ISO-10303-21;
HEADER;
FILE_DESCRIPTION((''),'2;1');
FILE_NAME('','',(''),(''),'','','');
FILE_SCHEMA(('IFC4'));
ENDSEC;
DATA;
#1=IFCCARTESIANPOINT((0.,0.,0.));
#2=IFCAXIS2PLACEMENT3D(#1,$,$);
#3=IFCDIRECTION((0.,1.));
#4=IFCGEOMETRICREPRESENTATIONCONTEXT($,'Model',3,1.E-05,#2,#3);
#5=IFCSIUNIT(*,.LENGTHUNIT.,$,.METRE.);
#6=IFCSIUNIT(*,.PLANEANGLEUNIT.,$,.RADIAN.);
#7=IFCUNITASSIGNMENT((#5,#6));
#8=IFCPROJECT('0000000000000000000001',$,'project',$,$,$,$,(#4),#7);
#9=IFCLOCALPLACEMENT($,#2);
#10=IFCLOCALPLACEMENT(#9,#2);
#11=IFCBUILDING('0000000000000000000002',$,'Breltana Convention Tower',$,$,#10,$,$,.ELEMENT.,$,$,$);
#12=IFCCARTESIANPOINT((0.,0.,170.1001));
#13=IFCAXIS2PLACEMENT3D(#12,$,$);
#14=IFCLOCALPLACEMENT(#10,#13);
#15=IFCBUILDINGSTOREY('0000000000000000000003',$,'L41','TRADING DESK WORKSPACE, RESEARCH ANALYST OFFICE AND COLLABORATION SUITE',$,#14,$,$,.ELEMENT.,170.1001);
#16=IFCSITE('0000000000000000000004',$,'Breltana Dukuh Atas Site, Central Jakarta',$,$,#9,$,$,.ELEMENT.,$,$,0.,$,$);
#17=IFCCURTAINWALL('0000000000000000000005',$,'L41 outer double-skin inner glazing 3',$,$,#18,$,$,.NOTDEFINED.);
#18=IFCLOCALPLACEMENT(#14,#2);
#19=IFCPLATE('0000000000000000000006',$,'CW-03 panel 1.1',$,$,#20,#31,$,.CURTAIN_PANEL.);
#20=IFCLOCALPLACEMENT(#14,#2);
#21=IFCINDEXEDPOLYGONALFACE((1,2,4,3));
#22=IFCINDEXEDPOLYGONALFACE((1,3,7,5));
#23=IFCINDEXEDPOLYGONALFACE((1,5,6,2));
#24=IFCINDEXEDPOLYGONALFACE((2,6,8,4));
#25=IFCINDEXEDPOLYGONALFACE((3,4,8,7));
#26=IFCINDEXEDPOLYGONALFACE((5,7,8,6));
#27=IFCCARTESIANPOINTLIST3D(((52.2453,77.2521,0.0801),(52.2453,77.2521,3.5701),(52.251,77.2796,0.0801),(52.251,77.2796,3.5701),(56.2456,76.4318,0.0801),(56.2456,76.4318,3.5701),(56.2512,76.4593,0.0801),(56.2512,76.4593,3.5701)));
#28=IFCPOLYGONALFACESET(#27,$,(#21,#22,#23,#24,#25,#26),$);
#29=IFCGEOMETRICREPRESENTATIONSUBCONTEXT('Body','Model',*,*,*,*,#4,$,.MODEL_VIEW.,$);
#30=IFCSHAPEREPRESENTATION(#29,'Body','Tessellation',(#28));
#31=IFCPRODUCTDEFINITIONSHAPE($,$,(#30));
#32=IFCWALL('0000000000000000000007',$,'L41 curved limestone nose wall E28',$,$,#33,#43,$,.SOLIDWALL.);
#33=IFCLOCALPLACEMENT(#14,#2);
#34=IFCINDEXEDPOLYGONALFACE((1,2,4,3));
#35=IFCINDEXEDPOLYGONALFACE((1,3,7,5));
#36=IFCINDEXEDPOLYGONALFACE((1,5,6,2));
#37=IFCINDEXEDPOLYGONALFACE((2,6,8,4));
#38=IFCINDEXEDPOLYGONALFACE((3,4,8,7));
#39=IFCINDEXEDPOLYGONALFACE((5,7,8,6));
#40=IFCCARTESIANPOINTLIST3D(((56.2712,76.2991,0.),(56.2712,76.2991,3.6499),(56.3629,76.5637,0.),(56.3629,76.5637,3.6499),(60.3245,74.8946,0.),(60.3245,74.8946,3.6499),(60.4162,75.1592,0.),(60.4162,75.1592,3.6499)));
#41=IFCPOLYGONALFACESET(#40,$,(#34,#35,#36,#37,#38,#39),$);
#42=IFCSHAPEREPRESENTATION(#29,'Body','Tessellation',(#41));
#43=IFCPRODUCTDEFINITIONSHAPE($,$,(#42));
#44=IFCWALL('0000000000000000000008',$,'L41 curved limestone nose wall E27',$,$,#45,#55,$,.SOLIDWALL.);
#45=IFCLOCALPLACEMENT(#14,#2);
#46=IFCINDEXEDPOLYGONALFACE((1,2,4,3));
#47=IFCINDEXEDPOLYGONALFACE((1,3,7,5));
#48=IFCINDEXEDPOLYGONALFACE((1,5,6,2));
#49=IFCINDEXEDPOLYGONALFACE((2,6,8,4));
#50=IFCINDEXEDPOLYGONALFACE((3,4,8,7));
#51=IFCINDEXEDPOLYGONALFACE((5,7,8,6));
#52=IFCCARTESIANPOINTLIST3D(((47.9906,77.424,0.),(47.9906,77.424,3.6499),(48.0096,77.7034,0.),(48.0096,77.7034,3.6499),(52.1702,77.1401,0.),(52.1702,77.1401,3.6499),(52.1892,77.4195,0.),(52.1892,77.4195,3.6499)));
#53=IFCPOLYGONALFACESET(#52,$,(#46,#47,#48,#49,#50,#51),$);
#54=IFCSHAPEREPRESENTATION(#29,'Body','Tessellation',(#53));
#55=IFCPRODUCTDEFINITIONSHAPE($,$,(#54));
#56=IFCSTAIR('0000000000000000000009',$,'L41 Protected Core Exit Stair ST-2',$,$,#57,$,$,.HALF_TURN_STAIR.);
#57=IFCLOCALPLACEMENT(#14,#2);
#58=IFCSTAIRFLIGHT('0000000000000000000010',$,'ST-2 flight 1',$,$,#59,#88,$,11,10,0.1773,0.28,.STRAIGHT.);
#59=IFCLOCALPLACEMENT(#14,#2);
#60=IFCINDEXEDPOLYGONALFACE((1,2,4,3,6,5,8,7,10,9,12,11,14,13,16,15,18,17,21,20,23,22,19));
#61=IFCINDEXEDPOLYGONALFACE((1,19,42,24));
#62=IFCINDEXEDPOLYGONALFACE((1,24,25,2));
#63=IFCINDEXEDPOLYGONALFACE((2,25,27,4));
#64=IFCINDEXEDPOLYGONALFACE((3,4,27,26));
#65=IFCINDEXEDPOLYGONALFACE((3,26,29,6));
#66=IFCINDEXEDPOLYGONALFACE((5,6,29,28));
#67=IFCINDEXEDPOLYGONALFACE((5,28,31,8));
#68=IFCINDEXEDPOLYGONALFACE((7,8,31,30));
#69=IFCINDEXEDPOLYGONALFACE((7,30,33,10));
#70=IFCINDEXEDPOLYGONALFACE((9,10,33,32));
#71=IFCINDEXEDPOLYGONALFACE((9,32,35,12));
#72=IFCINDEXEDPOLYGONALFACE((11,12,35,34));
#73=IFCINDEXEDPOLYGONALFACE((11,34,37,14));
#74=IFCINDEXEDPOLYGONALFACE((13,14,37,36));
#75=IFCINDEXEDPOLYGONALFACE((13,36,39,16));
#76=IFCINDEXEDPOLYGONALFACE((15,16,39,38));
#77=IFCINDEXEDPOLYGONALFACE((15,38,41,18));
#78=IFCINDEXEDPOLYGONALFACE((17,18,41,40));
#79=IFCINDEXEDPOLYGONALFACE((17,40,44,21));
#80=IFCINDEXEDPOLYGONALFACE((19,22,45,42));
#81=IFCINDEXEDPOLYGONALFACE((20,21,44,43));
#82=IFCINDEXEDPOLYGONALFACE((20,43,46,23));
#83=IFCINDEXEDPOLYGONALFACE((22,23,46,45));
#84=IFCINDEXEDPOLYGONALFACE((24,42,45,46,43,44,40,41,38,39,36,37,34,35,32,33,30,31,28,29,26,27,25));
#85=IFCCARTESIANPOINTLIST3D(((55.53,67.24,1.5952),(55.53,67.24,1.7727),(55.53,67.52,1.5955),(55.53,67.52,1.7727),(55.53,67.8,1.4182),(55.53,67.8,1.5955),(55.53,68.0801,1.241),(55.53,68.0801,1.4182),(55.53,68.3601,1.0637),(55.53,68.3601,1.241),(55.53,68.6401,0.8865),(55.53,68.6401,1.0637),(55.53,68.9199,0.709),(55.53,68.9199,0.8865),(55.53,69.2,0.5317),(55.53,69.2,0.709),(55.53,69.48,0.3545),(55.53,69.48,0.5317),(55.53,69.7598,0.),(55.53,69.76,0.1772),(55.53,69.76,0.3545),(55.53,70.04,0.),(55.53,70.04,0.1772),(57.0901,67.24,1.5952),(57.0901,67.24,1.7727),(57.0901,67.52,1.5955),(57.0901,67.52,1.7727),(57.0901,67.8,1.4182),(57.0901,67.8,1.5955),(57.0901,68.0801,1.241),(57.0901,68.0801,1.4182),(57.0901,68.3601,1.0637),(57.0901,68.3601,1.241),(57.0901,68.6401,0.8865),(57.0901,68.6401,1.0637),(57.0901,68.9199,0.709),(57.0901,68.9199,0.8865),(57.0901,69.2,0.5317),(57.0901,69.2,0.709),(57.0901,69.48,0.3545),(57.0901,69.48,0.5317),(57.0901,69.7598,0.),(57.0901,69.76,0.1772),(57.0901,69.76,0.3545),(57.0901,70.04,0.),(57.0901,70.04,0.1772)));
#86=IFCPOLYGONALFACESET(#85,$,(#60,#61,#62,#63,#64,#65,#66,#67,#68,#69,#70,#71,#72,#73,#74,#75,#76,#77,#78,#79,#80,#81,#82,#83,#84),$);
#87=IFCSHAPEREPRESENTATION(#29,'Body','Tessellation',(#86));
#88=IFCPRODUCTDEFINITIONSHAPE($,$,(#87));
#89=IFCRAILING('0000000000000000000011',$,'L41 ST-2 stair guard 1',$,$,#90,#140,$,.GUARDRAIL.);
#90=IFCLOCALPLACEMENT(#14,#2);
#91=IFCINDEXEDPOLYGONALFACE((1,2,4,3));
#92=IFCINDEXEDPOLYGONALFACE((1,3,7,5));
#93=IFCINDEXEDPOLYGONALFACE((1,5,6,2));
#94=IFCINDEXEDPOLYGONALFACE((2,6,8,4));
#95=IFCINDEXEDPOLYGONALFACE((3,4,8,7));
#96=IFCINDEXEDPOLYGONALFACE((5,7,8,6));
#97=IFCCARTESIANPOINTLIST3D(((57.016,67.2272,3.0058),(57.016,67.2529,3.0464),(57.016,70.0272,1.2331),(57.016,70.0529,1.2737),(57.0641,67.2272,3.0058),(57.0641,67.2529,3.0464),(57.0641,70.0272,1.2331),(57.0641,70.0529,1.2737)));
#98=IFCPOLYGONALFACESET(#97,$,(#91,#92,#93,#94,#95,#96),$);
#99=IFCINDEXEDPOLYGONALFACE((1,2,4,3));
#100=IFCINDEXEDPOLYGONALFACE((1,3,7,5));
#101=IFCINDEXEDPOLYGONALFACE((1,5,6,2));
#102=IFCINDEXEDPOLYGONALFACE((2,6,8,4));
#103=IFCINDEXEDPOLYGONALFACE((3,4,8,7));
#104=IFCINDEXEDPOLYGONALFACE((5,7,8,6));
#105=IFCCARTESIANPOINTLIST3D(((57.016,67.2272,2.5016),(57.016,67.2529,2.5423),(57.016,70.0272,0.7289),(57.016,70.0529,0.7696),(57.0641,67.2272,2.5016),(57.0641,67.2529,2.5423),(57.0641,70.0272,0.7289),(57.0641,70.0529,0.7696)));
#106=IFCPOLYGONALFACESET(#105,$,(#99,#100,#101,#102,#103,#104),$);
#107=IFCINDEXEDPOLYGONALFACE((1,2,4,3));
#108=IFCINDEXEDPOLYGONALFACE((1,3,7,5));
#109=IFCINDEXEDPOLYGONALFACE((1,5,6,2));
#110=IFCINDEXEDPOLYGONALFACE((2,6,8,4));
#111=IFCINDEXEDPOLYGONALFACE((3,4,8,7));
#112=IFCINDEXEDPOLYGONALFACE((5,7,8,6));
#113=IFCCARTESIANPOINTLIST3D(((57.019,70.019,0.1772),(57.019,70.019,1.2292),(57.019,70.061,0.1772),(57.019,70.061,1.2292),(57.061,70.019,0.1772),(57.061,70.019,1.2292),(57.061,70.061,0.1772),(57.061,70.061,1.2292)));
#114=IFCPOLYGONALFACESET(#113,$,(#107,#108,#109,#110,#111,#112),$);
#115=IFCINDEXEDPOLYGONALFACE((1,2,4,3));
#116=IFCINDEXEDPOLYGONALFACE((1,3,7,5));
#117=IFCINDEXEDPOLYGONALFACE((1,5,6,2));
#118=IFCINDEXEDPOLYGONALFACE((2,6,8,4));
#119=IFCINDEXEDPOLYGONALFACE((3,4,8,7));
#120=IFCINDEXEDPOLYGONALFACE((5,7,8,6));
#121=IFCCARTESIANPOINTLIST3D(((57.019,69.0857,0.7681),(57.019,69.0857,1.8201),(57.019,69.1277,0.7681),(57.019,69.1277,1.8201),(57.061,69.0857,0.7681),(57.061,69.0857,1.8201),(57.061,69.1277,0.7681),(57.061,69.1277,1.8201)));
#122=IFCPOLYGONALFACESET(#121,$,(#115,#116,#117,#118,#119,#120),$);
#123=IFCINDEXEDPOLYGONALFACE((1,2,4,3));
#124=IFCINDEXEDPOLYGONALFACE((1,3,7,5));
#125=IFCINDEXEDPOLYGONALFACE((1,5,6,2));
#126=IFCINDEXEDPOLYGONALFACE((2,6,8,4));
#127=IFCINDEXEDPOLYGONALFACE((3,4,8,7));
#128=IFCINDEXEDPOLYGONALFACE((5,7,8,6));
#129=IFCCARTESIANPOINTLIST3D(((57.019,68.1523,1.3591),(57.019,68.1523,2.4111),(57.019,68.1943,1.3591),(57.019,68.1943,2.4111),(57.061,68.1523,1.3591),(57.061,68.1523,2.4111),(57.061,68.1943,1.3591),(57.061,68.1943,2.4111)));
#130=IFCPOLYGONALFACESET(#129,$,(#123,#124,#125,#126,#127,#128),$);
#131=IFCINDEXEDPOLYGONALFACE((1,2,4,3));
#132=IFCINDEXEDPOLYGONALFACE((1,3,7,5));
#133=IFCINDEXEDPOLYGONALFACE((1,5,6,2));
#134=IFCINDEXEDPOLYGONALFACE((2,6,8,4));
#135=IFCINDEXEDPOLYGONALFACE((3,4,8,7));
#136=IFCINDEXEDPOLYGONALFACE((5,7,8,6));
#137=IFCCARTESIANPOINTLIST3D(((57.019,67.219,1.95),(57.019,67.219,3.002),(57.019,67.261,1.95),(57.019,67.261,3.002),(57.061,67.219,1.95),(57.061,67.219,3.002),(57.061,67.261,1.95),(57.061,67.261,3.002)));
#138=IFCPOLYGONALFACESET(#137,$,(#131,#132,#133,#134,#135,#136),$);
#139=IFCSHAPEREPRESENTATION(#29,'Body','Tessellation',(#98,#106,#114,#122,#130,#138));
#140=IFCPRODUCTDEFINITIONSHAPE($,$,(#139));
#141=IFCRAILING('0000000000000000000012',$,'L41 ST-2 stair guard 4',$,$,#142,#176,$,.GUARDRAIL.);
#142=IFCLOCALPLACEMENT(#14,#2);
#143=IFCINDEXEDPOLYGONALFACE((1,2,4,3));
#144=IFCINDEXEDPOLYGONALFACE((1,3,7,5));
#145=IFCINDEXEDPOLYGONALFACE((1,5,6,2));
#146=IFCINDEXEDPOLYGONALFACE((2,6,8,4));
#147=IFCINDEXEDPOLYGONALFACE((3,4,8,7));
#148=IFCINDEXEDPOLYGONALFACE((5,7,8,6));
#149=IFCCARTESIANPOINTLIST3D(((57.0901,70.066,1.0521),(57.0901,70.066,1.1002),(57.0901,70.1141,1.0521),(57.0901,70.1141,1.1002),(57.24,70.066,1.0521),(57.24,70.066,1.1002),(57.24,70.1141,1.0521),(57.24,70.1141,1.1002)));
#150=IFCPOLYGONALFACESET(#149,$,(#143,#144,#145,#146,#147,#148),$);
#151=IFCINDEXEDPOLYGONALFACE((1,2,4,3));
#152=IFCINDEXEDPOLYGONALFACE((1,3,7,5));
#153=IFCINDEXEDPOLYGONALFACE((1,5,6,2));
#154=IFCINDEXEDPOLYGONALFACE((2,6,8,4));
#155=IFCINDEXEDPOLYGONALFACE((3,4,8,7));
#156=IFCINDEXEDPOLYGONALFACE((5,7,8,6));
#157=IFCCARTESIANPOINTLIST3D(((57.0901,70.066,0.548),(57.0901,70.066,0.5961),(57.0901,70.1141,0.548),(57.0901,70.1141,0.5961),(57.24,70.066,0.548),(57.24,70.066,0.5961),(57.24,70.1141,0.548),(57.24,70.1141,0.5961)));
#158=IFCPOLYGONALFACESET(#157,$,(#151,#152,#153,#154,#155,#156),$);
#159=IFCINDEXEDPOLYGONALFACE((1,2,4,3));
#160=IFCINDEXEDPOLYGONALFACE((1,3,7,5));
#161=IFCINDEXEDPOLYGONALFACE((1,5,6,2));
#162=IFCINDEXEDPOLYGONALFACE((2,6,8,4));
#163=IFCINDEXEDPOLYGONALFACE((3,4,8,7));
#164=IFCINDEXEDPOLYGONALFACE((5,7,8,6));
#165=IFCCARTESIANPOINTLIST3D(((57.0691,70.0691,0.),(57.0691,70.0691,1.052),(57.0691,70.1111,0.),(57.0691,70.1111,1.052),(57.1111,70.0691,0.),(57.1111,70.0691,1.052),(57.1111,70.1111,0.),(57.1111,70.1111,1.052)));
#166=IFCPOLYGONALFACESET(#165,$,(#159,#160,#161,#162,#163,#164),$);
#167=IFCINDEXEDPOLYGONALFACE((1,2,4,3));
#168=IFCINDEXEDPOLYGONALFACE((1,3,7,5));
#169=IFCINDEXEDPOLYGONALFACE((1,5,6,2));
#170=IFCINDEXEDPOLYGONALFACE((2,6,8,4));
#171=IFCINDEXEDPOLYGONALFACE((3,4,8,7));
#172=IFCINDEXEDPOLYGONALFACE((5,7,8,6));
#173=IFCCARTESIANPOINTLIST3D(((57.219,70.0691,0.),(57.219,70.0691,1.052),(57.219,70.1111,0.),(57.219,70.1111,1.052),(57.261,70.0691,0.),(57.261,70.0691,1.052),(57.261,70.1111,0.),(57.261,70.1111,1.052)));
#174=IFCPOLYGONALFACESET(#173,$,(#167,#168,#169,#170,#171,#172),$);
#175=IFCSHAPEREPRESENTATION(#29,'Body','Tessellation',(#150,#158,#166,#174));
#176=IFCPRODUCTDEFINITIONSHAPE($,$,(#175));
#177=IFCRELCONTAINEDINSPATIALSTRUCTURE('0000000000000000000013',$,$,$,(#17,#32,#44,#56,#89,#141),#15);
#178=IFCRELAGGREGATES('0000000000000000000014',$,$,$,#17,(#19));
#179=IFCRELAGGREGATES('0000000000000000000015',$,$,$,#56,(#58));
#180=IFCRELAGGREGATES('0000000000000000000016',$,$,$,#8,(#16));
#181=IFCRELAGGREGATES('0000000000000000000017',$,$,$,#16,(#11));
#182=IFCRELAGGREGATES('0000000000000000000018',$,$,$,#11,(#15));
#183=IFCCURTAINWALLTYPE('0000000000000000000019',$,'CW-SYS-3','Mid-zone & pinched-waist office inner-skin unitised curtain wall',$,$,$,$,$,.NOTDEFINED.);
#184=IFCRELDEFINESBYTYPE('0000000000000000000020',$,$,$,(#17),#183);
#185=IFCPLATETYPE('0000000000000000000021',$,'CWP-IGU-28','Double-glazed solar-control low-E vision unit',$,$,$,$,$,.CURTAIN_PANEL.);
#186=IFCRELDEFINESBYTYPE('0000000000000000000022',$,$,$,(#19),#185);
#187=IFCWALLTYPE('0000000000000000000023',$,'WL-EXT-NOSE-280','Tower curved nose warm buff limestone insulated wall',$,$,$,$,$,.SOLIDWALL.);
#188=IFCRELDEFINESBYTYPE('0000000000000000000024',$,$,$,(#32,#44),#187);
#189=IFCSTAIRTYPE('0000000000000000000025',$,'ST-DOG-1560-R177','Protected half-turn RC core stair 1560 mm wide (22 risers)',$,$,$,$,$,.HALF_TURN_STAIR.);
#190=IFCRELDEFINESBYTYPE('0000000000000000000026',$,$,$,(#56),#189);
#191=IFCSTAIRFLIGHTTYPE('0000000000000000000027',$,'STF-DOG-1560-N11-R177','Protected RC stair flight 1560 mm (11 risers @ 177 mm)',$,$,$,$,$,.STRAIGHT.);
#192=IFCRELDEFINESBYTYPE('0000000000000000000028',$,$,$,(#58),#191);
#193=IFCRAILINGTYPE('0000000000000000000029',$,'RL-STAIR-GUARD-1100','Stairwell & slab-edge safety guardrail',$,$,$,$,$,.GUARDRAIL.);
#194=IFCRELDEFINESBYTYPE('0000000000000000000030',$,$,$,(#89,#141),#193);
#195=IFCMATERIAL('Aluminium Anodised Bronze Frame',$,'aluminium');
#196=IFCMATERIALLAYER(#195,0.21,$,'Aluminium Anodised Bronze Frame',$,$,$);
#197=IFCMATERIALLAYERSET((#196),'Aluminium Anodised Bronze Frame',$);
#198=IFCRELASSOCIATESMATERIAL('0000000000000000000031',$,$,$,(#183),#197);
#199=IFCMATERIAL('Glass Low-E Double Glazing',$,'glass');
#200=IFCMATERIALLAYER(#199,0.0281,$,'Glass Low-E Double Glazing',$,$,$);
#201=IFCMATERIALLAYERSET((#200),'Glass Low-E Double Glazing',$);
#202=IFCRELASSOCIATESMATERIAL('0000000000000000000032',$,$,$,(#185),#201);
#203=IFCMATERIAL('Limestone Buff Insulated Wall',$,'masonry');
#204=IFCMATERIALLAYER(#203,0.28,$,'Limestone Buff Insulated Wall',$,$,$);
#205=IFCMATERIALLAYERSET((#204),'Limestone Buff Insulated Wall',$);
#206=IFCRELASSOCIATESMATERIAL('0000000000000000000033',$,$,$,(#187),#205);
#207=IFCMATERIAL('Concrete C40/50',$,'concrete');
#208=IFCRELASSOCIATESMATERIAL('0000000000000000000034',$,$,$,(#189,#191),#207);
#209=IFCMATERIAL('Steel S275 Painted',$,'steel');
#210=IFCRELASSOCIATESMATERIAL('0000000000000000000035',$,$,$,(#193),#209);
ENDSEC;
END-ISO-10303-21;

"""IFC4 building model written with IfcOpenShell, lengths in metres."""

from ifc_helpers import new_model, si_unit, direction, frame, frame_2d, origin, origin_2d, place, context, subcontext, project, spatial, polyline, rectangle, outline, extrude, source, transform, mapped, material, layer, layer_set, type_object, element, aggregate, save


model = new_model("IFC4")

# Units and contexts
model_context = context("Model", 3, precision=1e-05, world=origin(), true_north=direction((0.0, 1.0)))
body_context = subcontext(model_context, "Body", "Model", "MODEL_VIEW")
ifc_project = project(units=[si_unit("LENGTHUNIT", "METRE"), si_unit("PLANEANGLEUNIT", "RADIAN")], contexts=[model_context])

# Site, building, storey
site_placement = place(None, origin())
site = spatial("IfcSite", under=ifc_project, at=site_placement, Name="Breltana Dukuh Atas Site, Central Jakarta", CompositionType="ELEMENT", RefElevation=0.0)
building_placement = place(site_placement, origin())
building = spatial("IfcBuilding", under=site, at=building_placement, Name="Breltana Convention Tower", CompositionType="ELEMENT")
storey_placement = place(building_placement, frame((0.0, 0.0, 170.1001)))
storey = spatial("IfcBuildingStorey", under=building, at=storey_placement, Name="L41", Description="TRADING DESK WORKSPACE, RESEARCH ANALYST OFFICE AND COLLABORATION SUITE", CompositionType="ELEMENT", Elevation=170.1001)

# Curtain wall, plate
ifc_material_1 = material(Name="Aluminium Anodised Bronze Frame", Category="aluminium")
ifc_layer_1 = layer(ifc_material_1, 0.21, Name="Aluminium Anodised Bronze Frame")
ifc_layer_set_1 = layer_set([ifc_layer_1], Name="Aluminium Anodised Bronze Frame")
curtain_wall_type = type_object("IfcCurtainWallType", Name="CW-SYS-3", Description="Mid-zone & pinched-waist office inner-skin unitised curtain wall", PredefinedType="NOTDEFINED", material=ifc_layer_set_1)
curtain_wall_placement = place(storey_placement, origin())
curtain_wall = element("IfcCurtainWall", 1, at=curtain_wall_placement, inside=storey, type_object=curtain_wall_type, Name="L41 outer double-skin inner glazing 3", PredefinedType="NOTDEFINED")
ifc_material_2 = material(Name="Glass Low-E Double Glazing", Category="glass")
ifc_layer_2 = layer(ifc_material_2, 0.0281, Name="Glass Low-E Double Glazing")
ifc_layer_set_2 = layer_set([ifc_layer_2], Name="Glass Low-E Double Glazing")
plate_type = type_object("IfcPlateType", Name="CWP-IGU-28", Description="Double-glazed solar-control low-E vision unit", PredefinedType="CURTAIN_PANEL", material=ifc_layer_set_2)
shared_shape_1 = source(origin(), body_context, "Body", "SweptSolid", [
    extrude(rectangle(XDim=4.0835, YDim=0.0281, at=origin_2d()), origin(), (0.0, 0.0, 1.0), 3.49),
])
plate_placement = place(storey_placement, frame((54.2483, 76.8557, 0.0801), z_axis=(0.0, 0.0, 1.0), x_axis=(0.979617, -0.200877, 0.0)))
plate = element("IfcPlate", 2, at=plate_placement, type_object=plate_type, Name="CW-03 panel 1.1", PredefinedType="CURTAIN_PANEL", context=body_context, shape_type="MappedRepresentation", body=[
    mapped(shared_shape_1, transform((0.0, 0.0, 0.0), scale=1.0)),
])
aggregate(curtain_wall, [plate])

# Walls
ifc_material_3 = material(Name="Limestone Buff Insulated Wall", Category="masonry")
ifc_layer_3 = layer(ifc_material_3, 0.28, Name="Limestone Buff Insulated Wall")
ifc_layer_set_3 = layer_set([ifc_layer_3], Name="Limestone Buff Insulated Wall")
wall_type_1 = type_object("IfcWallType", Name="WL-EXT-NOSE-280", Description="Tower curved nose warm buff limestone insulated wall", PredefinedType="SOLIDWALL", material=ifc_layer_set_3)
shared_shape_2 = source(origin(), body_context, "Body", "SweptSolid", [
    extrude(rectangle(XDim=4.2898, YDim=0.28, at=frame_2d((2.145, 0.0))), origin(), (0.0, 0.0, 1.0), 3.6499),
])
wall_1_placement = place(storey_placement, frame((56.3169, 76.4314, 0.0), z_axis=(0.0, 0.0, 1.0), x_axis=(0.944884, -0.327406, 0.0)))
element("IfcWall", 3, at=wall_1_placement, inside=storey, type_object=wall_type_1, Name="L41 curved limestone nose wall E28", PredefinedType="SOLIDWALL", context=body_context, shape_type="MappedRepresentation", body=[
    mapped(shared_shape_2, transform((0.0, 0.0, 0.0), scale=1.0)),
])
shared_shape_3 = source(origin(), body_context, "Body", "SweptSolid", [
    extrude(rectangle(XDim=4.1892, YDim=0.28, at=frame_2d((2.0947, 0.0))), origin(), (0.0, 0.0, 1.0), 3.6499),
])
wall_2_placement = place(storey_placement, frame((48.0, 77.5637, 0.0), z_axis=(0.0, 0.0, 1.0), x_axis=(0.997701, -0.067776, 0.0)))
element("IfcWall", 4, at=wall_2_placement, inside=storey, type_object=wall_type_1, Name="L41 curved limestone nose wall E27", PredefinedType="SOLIDWALL", context=body_context, shape_type="MappedRepresentation", body=[
    mapped(shared_shape_3, transform((0.0, 0.0, 0.0), scale=1.0)),
])

# Stair, stair flight
ifc_material_4 = material(Name="Concrete C40/50", Category="concrete")
stair_type = type_object("IfcStairType", Name="ST-DOG-1560-R177", Description="Protected half-turn RC core stair 1560 mm wide (22 risers)", PredefinedType="HALF_TURN_STAIR", material=ifc_material_4)
stair_placement = place(storey_placement, origin())
stair = element("IfcStair", 5, at=stair_placement, inside=storey, type_object=stair_type, Name="L41 Protected Core Exit Stair ST-2", PredefinedType="HALF_TURN_STAIR")
stair_flight_type = type_object("IfcStairFlightType", Name="STF-DOG-1560-N11-R177", Description="Protected RC stair flight 1560 mm (11 risers @ 177 mm)", PredefinedType="STRAIGHT", material=ifc_material_4)
stair_flight_placement = place(storey_placement, frame((56.3101, 70.04, 0.0), z_axis=(0.0, 0.0, 1.0), x_axis=(0.0, -1.0, 0.0)))
stair_flight = element("IfcStairFlight", 6, at=stair_flight_placement, type_object=stair_flight_type, Name="ST-2 flight 1", NumberOfRisers=11, NumberOfTreads=10, PredefinedType="STRAIGHT", RiserHeight=0.1773, TreadLength=0.28, context=body_context, shape_type="SweptSolid", body=[
    extrude(outline(polyline([(0.0, 0.0), (0.0, 0.1772), (0.28, 0.1772), (0.28, 0.3545), (0.5601, 0.3545), (0.5601, 0.5317), (0.8401, 0.5317), (0.8401, 0.709), (1.1201, 0.709), (1.1201, 0.8865), (1.3999, 0.8865), (1.3999, 1.0637), (1.6799, 1.0637), (1.6799, 1.241), (1.96, 1.241), (1.96, 1.4182), (2.24, 1.4182), (2.24, 1.5955), (2.52, 1.5955), (2.52, 1.7727), (2.8, 1.7727), (2.8, 1.95), (2.8, 1.5952), (0.2803, 0.0), (0.0, 0.0)])), frame((0.0, 0.78, 0.0), z_axis=(0.0, -1.0, 0.0), x_axis=(1.0, 0.0, 0.0)), (0.0, 0.0, 1.0), 1.5601),
])
aggregate(stair, [stair_flight])

# Railings
ifc_material_5 = material(Name="Steel S275 Painted", Category="steel")
railing_type_1 = type_object("IfcRailingType", Name="RL-STAIR-GUARD-1100", Description="Stairwell & slab-edge safety guardrail", PredefinedType="GUARDRAIL", material=ifc_material_5)
railing_1_placement = place(storey_placement, frame((57.04, 70.04, 0.1772)))
element("IfcRailing", 7, at=railing_1_placement, inside=storey, type_object=railing_type_1, Name="L41 ST-2 stair guard 1", PredefinedType="GUARDRAIL", context=body_context, shape_type="SweptSolid", body=[
    extrude(rectangle(XDim=0.0481, YDim=0.0481, at=origin_2d()), frame((0.0, 0.0, 1.0762), z_axis=(0.0, -0.844909, 0.53491), x_axis=(1.0, 0.0, 0.0)), (0.0, 0.0, 1.0), 3.314),
    extrude(rectangle(XDim=0.0481, YDim=0.0481, at=origin_2d()), frame((0.0, 0.0, 0.572), z_axis=(0.0, -0.844909, 0.53491), x_axis=(1.0, 0.0, 0.0)), (0.0, 0.0, 1.0), 3.314),
    extrude(rectangle(XDim=0.042, YDim=0.042, at=origin_2d()), origin(), (0.0, 0.0, 1.0), 1.052),
    extrude(rectangle(XDim=0.042, YDim=0.042, at=origin_2d()), frame((0.0, -0.9333, 0.5908)), (0.0, 0.0, 1.0), 1.052),
    extrude(rectangle(XDim=0.042, YDim=0.042, at=origin_2d()), frame((0.0, -1.8667, 1.1819)), (0.0, 0.0, 1.0), 1.052),
    extrude(rectangle(XDim=0.042, YDim=0.042, at=origin_2d()), frame((0.0, -2.8, 1.7727)), (0.0, 0.0, 1.0), 1.052),
])
railing_2_placement = place(storey_placement, frame((57.0901, 70.0901, 0.0)))
element("IfcRailing", 8, at=railing_2_placement, inside=storey, type_object=railing_type_1, Name="L41 ST-2 stair guard 4", PredefinedType="GUARDRAIL", context=body_context, shape_type="SweptSolid", body=[
    extrude(rectangle(XDim=0.0481, YDim=0.0481, at=origin_2d()), frame((0.0, 0.0, 1.0762), z_axis=(1.0, 0.0, 0.0), x_axis=(0.0, 1.0, 0.0)), (0.0, 0.0, 1.0), 0.1499),
    extrude(rectangle(XDim=0.0481, YDim=0.0481, at=origin_2d()), frame((0.0, 0.0, 0.572), z_axis=(1.0, 0.0, 0.0), x_axis=(0.0, 1.0, 0.0)), (0.0, 0.0, 1.0), 0.1499),
    extrude(rectangle(XDim=0.042, YDim=0.042, at=origin_2d()), origin(), (0.0, 0.0, 1.0), 1.052),
    extrude(rectangle(XDim=0.042, YDim=0.042, at=origin_2d()), frame((0.1499, 0.0, 0.0)), (0.0, 0.0, 1.0), 1.052),
])

save(model, "model.ifc")
